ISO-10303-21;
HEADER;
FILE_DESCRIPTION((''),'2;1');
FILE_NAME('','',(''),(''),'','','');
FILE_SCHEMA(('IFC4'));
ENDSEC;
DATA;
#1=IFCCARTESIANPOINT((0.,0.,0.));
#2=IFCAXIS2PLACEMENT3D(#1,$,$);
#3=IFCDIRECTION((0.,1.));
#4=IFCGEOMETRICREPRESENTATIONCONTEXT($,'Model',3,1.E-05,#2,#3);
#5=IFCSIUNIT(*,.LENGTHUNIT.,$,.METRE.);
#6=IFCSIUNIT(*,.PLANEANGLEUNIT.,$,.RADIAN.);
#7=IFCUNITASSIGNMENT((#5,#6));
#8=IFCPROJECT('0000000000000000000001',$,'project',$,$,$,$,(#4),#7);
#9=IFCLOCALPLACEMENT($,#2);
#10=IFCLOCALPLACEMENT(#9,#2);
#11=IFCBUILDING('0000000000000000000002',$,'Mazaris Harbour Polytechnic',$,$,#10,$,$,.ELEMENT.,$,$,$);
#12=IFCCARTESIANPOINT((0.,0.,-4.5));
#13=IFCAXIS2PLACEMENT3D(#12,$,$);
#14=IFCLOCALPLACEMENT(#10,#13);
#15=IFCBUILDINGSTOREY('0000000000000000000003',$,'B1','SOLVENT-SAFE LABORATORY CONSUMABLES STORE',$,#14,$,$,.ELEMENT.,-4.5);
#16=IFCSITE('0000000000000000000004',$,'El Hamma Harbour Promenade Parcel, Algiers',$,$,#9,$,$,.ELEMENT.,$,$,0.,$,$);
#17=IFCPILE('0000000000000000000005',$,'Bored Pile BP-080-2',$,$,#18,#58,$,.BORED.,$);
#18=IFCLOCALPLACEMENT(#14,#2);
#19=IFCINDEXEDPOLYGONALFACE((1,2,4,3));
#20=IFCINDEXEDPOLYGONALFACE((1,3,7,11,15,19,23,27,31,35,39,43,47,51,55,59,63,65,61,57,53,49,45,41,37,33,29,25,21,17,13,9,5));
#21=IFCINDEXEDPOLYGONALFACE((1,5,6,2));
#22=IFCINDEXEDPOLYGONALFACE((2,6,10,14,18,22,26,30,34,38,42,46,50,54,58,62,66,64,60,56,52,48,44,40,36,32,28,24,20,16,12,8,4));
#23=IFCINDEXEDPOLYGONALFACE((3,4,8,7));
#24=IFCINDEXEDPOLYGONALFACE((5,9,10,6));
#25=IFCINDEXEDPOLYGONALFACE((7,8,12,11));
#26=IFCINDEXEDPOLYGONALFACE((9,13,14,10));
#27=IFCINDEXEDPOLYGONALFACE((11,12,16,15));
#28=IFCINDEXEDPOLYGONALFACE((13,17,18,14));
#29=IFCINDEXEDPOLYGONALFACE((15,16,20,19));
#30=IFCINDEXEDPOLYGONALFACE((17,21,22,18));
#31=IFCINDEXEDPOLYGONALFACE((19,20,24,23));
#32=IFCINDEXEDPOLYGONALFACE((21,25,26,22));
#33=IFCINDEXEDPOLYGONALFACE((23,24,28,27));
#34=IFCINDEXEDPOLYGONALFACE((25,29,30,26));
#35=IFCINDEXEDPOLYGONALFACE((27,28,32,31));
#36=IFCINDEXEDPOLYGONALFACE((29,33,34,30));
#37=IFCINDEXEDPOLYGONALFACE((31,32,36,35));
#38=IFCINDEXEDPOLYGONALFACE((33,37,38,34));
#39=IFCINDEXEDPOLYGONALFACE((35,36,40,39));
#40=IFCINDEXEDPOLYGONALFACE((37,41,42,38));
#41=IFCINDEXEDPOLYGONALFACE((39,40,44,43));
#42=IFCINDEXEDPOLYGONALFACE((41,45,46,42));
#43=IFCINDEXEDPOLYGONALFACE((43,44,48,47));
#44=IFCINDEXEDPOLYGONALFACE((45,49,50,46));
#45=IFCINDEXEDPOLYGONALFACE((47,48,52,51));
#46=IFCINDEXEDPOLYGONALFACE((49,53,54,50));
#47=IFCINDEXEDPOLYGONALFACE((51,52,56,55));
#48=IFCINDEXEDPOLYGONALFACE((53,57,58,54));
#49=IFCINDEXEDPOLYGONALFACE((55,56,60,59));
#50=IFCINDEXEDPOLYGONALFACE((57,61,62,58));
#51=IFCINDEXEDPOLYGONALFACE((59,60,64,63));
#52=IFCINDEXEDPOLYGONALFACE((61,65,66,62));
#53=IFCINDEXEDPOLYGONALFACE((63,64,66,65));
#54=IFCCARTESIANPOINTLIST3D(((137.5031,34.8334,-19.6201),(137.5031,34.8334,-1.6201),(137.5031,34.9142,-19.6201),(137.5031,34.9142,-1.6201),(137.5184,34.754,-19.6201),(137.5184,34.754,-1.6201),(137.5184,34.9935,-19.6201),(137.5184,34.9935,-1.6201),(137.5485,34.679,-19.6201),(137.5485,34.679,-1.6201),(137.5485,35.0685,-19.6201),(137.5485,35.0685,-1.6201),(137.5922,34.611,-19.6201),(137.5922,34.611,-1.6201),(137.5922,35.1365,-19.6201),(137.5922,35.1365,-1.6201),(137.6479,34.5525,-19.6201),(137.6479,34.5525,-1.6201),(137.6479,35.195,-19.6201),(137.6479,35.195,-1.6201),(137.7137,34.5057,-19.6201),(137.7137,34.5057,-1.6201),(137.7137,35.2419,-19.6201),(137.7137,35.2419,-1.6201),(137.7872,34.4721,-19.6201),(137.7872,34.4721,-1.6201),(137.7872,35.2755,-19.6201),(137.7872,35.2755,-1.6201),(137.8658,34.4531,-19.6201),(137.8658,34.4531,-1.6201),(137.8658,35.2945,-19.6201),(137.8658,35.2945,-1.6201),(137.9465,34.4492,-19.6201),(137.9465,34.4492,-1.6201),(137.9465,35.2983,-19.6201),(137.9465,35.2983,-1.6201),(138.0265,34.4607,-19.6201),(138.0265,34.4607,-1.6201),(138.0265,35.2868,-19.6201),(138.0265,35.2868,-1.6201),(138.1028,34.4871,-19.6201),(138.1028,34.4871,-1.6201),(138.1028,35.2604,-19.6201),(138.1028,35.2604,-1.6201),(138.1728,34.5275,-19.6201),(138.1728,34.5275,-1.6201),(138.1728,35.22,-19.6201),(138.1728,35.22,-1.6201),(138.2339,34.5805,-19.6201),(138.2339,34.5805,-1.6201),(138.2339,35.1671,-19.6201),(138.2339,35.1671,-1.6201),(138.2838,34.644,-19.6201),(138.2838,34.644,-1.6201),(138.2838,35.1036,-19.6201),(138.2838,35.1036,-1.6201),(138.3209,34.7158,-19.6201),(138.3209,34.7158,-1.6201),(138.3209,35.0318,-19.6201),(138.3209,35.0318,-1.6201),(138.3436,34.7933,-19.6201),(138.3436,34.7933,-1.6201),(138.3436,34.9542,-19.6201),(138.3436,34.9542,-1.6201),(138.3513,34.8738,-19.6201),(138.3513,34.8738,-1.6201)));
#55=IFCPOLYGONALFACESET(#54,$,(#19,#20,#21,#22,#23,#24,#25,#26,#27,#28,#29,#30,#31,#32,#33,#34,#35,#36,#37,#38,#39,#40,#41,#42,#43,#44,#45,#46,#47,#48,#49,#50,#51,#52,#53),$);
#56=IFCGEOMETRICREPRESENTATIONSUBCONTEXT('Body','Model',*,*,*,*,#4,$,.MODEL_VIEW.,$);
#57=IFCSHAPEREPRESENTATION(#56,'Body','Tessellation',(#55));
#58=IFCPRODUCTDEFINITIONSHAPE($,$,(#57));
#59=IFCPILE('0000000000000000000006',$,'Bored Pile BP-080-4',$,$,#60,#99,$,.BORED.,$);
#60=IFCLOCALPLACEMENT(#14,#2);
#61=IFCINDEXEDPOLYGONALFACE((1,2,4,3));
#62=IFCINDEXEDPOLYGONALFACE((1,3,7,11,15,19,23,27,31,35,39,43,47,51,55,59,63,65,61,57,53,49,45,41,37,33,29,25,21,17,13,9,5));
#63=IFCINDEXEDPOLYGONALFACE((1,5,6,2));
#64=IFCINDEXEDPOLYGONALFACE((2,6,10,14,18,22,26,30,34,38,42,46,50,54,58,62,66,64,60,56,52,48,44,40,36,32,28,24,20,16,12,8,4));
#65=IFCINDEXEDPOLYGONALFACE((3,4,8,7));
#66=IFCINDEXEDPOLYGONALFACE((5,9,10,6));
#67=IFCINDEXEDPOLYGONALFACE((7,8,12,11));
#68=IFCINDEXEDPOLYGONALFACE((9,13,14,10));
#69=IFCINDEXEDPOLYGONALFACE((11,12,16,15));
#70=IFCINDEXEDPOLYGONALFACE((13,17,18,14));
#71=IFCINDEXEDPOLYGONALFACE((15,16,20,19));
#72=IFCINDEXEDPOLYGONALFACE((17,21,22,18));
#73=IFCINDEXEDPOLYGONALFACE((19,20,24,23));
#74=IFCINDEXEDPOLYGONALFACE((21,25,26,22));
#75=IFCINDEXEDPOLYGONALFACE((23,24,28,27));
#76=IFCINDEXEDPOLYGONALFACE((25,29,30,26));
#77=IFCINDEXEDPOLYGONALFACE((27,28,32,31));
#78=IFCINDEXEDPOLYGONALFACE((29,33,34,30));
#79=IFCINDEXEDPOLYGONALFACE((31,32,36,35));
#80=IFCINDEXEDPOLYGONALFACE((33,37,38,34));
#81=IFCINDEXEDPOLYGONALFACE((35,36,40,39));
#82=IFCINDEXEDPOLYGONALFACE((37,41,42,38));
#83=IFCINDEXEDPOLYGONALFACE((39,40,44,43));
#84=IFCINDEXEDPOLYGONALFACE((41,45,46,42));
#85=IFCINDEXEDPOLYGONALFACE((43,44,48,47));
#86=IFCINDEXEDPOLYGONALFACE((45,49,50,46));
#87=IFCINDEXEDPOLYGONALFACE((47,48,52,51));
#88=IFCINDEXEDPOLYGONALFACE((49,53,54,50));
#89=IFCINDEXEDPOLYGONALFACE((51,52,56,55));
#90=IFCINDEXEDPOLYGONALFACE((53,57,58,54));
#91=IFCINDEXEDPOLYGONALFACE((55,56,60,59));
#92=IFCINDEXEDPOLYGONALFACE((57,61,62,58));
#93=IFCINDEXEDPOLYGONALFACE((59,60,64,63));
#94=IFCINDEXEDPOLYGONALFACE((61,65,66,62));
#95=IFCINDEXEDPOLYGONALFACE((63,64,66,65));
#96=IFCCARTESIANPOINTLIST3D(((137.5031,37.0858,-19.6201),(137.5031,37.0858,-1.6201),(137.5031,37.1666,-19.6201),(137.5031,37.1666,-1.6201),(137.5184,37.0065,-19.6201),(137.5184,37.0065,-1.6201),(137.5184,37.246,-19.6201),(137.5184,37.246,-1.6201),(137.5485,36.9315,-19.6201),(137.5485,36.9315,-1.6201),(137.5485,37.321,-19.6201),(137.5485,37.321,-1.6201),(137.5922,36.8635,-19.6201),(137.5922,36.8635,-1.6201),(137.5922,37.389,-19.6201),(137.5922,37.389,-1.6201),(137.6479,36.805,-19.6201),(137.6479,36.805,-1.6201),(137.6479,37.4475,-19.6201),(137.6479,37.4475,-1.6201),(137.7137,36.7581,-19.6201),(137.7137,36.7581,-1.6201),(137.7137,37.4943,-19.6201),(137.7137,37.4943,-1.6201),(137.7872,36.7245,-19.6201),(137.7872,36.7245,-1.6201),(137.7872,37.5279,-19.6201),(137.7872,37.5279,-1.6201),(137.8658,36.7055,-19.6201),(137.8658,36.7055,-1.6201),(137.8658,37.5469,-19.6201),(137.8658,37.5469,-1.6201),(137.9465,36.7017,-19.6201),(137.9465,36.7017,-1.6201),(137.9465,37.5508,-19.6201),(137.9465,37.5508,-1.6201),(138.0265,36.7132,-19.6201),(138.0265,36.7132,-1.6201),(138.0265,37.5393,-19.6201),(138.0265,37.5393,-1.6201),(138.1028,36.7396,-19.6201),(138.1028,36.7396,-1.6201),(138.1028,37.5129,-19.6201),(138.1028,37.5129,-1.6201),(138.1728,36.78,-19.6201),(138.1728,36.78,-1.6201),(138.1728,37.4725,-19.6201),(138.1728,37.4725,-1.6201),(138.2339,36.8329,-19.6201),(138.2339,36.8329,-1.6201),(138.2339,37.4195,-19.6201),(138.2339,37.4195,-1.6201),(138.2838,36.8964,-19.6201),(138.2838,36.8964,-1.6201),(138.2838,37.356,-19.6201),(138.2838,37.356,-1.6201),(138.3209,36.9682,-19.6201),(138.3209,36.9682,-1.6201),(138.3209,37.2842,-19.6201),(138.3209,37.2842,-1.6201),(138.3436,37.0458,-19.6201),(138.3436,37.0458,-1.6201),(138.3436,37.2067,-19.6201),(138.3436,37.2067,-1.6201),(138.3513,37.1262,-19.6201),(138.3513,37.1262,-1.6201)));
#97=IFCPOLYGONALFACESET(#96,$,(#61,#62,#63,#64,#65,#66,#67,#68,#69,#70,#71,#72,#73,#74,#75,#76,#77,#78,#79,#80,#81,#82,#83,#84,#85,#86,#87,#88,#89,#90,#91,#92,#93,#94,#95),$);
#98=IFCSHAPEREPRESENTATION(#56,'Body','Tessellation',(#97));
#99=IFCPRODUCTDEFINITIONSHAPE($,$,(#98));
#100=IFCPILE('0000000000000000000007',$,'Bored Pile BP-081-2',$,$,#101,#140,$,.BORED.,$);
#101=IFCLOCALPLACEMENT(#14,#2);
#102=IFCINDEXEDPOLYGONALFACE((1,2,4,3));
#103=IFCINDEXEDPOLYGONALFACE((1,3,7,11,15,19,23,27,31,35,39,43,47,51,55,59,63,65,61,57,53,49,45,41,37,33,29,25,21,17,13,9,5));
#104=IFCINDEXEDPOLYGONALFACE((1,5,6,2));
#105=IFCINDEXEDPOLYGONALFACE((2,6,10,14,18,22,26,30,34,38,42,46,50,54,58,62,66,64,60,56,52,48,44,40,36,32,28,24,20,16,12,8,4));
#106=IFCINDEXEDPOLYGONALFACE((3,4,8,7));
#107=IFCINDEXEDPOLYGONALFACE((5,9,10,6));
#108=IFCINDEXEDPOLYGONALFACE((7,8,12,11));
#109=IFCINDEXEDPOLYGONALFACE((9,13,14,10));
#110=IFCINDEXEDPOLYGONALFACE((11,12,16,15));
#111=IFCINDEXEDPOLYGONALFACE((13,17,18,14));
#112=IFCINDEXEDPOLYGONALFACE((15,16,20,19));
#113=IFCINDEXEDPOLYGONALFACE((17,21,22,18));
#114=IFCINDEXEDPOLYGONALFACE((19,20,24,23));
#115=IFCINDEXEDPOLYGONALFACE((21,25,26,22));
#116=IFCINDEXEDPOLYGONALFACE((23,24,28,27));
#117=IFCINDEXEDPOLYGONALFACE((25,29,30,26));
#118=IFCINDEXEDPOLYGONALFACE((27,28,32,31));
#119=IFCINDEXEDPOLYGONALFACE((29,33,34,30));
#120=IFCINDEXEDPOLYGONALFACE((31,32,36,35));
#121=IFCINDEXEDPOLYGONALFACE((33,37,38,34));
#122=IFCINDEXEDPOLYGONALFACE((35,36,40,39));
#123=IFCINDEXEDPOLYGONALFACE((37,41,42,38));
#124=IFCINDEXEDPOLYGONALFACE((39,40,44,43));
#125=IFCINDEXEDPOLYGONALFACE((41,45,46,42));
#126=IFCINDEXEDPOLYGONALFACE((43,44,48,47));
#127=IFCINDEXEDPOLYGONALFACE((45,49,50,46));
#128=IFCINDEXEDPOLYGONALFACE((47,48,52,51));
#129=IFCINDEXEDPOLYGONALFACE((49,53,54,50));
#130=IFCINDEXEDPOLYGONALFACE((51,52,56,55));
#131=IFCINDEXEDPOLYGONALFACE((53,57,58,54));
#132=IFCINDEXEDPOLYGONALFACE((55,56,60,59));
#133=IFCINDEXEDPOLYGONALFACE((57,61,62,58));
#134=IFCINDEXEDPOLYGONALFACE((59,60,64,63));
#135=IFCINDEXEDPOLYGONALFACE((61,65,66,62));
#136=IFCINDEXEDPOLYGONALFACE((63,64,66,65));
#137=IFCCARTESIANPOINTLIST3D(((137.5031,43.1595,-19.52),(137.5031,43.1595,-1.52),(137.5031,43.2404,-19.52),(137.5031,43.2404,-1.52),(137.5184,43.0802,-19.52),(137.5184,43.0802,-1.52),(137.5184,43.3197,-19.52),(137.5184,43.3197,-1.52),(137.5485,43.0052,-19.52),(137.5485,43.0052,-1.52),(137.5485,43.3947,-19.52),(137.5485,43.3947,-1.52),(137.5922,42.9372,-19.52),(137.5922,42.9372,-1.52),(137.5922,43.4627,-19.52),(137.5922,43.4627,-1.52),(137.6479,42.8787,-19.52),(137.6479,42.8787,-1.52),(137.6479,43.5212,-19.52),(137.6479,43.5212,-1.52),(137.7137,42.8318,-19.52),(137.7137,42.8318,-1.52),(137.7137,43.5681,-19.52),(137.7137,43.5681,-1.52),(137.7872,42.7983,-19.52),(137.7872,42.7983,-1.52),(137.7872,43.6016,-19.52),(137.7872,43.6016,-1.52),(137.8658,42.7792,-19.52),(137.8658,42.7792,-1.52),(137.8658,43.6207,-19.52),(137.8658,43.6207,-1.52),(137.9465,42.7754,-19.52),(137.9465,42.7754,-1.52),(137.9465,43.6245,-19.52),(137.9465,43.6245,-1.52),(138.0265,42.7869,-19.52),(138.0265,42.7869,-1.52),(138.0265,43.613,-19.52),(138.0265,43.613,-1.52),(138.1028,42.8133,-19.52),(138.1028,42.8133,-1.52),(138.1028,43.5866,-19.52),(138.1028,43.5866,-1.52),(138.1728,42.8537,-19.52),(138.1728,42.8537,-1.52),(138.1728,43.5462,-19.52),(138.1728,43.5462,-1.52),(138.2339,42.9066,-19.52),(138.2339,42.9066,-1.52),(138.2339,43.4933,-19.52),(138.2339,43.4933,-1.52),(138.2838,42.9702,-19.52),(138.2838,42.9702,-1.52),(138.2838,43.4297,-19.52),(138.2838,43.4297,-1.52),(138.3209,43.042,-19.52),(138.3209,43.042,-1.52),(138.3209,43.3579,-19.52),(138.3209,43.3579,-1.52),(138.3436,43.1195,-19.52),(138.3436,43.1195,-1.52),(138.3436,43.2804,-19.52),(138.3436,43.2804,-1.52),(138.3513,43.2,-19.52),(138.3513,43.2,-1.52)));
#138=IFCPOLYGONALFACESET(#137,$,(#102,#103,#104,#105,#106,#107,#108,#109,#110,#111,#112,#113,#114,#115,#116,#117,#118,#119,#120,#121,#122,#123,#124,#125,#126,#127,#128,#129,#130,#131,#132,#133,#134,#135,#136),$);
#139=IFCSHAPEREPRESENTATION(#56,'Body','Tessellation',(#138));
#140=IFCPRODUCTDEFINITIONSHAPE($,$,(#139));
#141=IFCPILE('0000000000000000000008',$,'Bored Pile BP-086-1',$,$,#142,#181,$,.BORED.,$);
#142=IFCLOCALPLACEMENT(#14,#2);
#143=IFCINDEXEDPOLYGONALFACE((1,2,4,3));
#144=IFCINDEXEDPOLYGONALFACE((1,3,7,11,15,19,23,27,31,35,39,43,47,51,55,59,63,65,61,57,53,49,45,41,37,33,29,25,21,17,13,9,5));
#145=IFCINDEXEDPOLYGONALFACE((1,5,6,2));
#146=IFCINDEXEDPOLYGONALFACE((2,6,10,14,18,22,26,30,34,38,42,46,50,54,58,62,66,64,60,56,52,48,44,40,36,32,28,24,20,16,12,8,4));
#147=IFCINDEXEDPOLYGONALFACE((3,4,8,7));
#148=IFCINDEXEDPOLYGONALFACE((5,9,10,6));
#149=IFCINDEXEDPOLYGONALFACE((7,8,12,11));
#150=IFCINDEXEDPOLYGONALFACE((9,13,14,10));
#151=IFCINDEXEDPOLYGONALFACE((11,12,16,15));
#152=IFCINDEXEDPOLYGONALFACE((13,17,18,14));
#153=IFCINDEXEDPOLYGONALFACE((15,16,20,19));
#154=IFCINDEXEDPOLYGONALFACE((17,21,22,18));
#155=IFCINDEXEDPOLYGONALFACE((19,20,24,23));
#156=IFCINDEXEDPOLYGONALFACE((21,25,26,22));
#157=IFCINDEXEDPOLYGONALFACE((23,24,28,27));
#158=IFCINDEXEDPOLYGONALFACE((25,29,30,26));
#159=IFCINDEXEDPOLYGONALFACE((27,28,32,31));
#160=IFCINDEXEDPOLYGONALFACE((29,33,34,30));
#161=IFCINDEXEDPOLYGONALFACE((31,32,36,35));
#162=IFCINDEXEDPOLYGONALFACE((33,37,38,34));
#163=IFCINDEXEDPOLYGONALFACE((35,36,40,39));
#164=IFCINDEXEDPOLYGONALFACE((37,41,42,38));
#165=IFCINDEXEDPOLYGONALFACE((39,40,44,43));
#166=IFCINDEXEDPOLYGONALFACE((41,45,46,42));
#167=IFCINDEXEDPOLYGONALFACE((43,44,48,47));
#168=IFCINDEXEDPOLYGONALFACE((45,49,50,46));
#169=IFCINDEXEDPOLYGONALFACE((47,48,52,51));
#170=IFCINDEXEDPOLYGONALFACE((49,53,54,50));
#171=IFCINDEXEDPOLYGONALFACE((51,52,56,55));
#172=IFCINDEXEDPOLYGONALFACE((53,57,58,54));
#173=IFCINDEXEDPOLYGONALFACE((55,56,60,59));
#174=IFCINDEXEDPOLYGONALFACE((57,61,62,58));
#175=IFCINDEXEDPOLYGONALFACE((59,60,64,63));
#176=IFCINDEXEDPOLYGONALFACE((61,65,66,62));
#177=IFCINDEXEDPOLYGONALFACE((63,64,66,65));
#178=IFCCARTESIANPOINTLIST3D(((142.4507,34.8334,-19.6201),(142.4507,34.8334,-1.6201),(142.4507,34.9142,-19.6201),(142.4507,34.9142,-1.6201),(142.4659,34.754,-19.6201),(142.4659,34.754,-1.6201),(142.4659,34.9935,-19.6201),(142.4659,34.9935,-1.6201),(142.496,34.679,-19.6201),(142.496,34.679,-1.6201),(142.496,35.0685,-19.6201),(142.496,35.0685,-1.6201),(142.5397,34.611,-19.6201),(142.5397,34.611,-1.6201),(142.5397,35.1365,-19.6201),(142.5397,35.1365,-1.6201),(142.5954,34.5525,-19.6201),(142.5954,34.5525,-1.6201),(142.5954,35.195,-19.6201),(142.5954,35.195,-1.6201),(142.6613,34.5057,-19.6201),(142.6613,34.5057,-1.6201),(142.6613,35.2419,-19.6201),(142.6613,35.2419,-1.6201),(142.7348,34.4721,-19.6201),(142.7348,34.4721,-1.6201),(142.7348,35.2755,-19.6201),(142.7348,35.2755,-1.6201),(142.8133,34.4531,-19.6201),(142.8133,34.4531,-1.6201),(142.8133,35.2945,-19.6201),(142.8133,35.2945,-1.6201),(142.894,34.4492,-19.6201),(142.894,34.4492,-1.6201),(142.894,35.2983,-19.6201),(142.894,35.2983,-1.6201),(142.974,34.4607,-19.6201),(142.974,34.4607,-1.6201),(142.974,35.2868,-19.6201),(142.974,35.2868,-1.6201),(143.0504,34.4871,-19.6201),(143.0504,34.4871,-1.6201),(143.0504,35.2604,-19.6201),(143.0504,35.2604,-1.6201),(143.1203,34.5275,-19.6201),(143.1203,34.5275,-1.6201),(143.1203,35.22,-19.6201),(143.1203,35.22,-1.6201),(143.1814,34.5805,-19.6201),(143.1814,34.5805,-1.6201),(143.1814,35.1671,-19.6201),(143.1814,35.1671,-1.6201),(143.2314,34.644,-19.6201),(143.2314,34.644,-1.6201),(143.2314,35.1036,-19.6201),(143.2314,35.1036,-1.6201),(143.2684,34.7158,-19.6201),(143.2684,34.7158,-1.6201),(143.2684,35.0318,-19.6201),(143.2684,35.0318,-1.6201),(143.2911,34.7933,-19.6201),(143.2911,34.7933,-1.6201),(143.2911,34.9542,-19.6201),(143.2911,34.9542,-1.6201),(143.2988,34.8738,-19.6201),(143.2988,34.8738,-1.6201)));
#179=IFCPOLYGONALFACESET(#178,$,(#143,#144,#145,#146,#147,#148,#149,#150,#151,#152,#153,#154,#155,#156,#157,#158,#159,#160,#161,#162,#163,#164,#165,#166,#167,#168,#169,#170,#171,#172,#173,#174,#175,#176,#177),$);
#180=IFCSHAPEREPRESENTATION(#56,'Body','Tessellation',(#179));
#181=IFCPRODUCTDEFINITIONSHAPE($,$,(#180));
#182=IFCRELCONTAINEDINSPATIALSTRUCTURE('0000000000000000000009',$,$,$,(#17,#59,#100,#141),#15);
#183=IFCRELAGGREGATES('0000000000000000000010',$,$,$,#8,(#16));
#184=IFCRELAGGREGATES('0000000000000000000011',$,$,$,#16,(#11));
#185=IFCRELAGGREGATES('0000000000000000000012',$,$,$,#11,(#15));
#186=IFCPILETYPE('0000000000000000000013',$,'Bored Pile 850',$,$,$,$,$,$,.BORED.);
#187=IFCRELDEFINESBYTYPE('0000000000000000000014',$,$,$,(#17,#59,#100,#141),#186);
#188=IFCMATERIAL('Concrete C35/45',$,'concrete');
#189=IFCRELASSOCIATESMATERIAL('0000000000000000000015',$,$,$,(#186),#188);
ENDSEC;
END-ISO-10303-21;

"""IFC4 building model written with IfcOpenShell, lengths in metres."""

from ifc_helpers import new_model, si_unit, direction, frame, origin, origin_2d, place, context, subcontext, project, spatial, circle, extrude, material, material_profile, profile_set, type_object, element, save


model = new_model("IFC4")

# Units and contexts
model_context = context("Model", 3, precision=1e-05, world=origin(), true_north=direction((0.0, 1.0)))
body_context = subcontext(model_context, "Body", "Model", "MODEL_VIEW")
ifc_project = project(units=[si_unit("LENGTHUNIT", "METRE"), si_unit("PLANEANGLEUNIT", "RADIAN")], contexts=[model_context])

# Site, building, storey
site_placement = place(None, origin())
site = spatial("IfcSite", under=ifc_project, at=site_placement, Name="El Hamma Harbour Promenade Parcel, Algiers", CompositionType="ELEMENT", RefElevation=0.0)
building_placement = place(site_placement, origin())
building = spatial("IfcBuilding", under=site, at=building_placement, Name="Mazaris Harbour Polytechnic", CompositionType="ELEMENT")
storey_placement = place(building_placement, frame((0.0, 0.0, -4.5)))
storey = spatial("IfcBuildingStorey", under=building, at=storey_placement, Name="B1", Description="SOLVENT-SAFE LABORATORY CONSUMABLES STORE", CompositionType="ELEMENT", Elevation=-4.5)

# Piles
ifc_material_1 = material(Name="Concrete C35/45", Category="concrete")
ifc_material_profile_1 = material_profile(ifc_material_1, circle(Radius=0.425, at=origin_2d()), Name="DIA850")
ifc_profile_set_1 = profile_set([ifc_material_profile_1], Name="Concrete C35/45")
pile_type = type_object("IfcPileType", Name="Bored Pile 850", PredefinedType="BORED", material=ifc_profile_set_1)
for number, where, z_axis, x_axis, name in (
    (1, (137.9263, 34.8738, -1.6201), (0.0, 0.0, -1.0), (1.0, 0.0, 0.0), "Bored Pile BP-080-2"),
    (2, (137.9263, 37.1262, -1.6201), (0.0, 0.0, -1.0), (1.0, 0.0, 0.0), "Bored Pile BP-080-4"),
    (3, (137.9263, 43.2, -1.52), (0.0, 0.0, -1.0), (1.0, 0.0, 0.0), "Bored Pile BP-081-2"),
    (4, (142.8738, 34.8738, -1.6201), (0.0, 0.0, -1.0), (1.0, 0.0, 0.0), "Bored Pile BP-086-1"),
):
    element("IfcPile", number, at=place(storey_placement, frame(where, z_axis=z_axis, x_axis=x_axis)), inside=storey, type_object=pile_type, Name=name, PredefinedType="BORED", context=body_context, shape_type="SweptSolid", body=[
        extrude(circle(Radius=0.425, at=origin_2d()), origin(), (0.0, 0.0, 1.0), 18.0),
    ])

save(model, "model.ifc")
